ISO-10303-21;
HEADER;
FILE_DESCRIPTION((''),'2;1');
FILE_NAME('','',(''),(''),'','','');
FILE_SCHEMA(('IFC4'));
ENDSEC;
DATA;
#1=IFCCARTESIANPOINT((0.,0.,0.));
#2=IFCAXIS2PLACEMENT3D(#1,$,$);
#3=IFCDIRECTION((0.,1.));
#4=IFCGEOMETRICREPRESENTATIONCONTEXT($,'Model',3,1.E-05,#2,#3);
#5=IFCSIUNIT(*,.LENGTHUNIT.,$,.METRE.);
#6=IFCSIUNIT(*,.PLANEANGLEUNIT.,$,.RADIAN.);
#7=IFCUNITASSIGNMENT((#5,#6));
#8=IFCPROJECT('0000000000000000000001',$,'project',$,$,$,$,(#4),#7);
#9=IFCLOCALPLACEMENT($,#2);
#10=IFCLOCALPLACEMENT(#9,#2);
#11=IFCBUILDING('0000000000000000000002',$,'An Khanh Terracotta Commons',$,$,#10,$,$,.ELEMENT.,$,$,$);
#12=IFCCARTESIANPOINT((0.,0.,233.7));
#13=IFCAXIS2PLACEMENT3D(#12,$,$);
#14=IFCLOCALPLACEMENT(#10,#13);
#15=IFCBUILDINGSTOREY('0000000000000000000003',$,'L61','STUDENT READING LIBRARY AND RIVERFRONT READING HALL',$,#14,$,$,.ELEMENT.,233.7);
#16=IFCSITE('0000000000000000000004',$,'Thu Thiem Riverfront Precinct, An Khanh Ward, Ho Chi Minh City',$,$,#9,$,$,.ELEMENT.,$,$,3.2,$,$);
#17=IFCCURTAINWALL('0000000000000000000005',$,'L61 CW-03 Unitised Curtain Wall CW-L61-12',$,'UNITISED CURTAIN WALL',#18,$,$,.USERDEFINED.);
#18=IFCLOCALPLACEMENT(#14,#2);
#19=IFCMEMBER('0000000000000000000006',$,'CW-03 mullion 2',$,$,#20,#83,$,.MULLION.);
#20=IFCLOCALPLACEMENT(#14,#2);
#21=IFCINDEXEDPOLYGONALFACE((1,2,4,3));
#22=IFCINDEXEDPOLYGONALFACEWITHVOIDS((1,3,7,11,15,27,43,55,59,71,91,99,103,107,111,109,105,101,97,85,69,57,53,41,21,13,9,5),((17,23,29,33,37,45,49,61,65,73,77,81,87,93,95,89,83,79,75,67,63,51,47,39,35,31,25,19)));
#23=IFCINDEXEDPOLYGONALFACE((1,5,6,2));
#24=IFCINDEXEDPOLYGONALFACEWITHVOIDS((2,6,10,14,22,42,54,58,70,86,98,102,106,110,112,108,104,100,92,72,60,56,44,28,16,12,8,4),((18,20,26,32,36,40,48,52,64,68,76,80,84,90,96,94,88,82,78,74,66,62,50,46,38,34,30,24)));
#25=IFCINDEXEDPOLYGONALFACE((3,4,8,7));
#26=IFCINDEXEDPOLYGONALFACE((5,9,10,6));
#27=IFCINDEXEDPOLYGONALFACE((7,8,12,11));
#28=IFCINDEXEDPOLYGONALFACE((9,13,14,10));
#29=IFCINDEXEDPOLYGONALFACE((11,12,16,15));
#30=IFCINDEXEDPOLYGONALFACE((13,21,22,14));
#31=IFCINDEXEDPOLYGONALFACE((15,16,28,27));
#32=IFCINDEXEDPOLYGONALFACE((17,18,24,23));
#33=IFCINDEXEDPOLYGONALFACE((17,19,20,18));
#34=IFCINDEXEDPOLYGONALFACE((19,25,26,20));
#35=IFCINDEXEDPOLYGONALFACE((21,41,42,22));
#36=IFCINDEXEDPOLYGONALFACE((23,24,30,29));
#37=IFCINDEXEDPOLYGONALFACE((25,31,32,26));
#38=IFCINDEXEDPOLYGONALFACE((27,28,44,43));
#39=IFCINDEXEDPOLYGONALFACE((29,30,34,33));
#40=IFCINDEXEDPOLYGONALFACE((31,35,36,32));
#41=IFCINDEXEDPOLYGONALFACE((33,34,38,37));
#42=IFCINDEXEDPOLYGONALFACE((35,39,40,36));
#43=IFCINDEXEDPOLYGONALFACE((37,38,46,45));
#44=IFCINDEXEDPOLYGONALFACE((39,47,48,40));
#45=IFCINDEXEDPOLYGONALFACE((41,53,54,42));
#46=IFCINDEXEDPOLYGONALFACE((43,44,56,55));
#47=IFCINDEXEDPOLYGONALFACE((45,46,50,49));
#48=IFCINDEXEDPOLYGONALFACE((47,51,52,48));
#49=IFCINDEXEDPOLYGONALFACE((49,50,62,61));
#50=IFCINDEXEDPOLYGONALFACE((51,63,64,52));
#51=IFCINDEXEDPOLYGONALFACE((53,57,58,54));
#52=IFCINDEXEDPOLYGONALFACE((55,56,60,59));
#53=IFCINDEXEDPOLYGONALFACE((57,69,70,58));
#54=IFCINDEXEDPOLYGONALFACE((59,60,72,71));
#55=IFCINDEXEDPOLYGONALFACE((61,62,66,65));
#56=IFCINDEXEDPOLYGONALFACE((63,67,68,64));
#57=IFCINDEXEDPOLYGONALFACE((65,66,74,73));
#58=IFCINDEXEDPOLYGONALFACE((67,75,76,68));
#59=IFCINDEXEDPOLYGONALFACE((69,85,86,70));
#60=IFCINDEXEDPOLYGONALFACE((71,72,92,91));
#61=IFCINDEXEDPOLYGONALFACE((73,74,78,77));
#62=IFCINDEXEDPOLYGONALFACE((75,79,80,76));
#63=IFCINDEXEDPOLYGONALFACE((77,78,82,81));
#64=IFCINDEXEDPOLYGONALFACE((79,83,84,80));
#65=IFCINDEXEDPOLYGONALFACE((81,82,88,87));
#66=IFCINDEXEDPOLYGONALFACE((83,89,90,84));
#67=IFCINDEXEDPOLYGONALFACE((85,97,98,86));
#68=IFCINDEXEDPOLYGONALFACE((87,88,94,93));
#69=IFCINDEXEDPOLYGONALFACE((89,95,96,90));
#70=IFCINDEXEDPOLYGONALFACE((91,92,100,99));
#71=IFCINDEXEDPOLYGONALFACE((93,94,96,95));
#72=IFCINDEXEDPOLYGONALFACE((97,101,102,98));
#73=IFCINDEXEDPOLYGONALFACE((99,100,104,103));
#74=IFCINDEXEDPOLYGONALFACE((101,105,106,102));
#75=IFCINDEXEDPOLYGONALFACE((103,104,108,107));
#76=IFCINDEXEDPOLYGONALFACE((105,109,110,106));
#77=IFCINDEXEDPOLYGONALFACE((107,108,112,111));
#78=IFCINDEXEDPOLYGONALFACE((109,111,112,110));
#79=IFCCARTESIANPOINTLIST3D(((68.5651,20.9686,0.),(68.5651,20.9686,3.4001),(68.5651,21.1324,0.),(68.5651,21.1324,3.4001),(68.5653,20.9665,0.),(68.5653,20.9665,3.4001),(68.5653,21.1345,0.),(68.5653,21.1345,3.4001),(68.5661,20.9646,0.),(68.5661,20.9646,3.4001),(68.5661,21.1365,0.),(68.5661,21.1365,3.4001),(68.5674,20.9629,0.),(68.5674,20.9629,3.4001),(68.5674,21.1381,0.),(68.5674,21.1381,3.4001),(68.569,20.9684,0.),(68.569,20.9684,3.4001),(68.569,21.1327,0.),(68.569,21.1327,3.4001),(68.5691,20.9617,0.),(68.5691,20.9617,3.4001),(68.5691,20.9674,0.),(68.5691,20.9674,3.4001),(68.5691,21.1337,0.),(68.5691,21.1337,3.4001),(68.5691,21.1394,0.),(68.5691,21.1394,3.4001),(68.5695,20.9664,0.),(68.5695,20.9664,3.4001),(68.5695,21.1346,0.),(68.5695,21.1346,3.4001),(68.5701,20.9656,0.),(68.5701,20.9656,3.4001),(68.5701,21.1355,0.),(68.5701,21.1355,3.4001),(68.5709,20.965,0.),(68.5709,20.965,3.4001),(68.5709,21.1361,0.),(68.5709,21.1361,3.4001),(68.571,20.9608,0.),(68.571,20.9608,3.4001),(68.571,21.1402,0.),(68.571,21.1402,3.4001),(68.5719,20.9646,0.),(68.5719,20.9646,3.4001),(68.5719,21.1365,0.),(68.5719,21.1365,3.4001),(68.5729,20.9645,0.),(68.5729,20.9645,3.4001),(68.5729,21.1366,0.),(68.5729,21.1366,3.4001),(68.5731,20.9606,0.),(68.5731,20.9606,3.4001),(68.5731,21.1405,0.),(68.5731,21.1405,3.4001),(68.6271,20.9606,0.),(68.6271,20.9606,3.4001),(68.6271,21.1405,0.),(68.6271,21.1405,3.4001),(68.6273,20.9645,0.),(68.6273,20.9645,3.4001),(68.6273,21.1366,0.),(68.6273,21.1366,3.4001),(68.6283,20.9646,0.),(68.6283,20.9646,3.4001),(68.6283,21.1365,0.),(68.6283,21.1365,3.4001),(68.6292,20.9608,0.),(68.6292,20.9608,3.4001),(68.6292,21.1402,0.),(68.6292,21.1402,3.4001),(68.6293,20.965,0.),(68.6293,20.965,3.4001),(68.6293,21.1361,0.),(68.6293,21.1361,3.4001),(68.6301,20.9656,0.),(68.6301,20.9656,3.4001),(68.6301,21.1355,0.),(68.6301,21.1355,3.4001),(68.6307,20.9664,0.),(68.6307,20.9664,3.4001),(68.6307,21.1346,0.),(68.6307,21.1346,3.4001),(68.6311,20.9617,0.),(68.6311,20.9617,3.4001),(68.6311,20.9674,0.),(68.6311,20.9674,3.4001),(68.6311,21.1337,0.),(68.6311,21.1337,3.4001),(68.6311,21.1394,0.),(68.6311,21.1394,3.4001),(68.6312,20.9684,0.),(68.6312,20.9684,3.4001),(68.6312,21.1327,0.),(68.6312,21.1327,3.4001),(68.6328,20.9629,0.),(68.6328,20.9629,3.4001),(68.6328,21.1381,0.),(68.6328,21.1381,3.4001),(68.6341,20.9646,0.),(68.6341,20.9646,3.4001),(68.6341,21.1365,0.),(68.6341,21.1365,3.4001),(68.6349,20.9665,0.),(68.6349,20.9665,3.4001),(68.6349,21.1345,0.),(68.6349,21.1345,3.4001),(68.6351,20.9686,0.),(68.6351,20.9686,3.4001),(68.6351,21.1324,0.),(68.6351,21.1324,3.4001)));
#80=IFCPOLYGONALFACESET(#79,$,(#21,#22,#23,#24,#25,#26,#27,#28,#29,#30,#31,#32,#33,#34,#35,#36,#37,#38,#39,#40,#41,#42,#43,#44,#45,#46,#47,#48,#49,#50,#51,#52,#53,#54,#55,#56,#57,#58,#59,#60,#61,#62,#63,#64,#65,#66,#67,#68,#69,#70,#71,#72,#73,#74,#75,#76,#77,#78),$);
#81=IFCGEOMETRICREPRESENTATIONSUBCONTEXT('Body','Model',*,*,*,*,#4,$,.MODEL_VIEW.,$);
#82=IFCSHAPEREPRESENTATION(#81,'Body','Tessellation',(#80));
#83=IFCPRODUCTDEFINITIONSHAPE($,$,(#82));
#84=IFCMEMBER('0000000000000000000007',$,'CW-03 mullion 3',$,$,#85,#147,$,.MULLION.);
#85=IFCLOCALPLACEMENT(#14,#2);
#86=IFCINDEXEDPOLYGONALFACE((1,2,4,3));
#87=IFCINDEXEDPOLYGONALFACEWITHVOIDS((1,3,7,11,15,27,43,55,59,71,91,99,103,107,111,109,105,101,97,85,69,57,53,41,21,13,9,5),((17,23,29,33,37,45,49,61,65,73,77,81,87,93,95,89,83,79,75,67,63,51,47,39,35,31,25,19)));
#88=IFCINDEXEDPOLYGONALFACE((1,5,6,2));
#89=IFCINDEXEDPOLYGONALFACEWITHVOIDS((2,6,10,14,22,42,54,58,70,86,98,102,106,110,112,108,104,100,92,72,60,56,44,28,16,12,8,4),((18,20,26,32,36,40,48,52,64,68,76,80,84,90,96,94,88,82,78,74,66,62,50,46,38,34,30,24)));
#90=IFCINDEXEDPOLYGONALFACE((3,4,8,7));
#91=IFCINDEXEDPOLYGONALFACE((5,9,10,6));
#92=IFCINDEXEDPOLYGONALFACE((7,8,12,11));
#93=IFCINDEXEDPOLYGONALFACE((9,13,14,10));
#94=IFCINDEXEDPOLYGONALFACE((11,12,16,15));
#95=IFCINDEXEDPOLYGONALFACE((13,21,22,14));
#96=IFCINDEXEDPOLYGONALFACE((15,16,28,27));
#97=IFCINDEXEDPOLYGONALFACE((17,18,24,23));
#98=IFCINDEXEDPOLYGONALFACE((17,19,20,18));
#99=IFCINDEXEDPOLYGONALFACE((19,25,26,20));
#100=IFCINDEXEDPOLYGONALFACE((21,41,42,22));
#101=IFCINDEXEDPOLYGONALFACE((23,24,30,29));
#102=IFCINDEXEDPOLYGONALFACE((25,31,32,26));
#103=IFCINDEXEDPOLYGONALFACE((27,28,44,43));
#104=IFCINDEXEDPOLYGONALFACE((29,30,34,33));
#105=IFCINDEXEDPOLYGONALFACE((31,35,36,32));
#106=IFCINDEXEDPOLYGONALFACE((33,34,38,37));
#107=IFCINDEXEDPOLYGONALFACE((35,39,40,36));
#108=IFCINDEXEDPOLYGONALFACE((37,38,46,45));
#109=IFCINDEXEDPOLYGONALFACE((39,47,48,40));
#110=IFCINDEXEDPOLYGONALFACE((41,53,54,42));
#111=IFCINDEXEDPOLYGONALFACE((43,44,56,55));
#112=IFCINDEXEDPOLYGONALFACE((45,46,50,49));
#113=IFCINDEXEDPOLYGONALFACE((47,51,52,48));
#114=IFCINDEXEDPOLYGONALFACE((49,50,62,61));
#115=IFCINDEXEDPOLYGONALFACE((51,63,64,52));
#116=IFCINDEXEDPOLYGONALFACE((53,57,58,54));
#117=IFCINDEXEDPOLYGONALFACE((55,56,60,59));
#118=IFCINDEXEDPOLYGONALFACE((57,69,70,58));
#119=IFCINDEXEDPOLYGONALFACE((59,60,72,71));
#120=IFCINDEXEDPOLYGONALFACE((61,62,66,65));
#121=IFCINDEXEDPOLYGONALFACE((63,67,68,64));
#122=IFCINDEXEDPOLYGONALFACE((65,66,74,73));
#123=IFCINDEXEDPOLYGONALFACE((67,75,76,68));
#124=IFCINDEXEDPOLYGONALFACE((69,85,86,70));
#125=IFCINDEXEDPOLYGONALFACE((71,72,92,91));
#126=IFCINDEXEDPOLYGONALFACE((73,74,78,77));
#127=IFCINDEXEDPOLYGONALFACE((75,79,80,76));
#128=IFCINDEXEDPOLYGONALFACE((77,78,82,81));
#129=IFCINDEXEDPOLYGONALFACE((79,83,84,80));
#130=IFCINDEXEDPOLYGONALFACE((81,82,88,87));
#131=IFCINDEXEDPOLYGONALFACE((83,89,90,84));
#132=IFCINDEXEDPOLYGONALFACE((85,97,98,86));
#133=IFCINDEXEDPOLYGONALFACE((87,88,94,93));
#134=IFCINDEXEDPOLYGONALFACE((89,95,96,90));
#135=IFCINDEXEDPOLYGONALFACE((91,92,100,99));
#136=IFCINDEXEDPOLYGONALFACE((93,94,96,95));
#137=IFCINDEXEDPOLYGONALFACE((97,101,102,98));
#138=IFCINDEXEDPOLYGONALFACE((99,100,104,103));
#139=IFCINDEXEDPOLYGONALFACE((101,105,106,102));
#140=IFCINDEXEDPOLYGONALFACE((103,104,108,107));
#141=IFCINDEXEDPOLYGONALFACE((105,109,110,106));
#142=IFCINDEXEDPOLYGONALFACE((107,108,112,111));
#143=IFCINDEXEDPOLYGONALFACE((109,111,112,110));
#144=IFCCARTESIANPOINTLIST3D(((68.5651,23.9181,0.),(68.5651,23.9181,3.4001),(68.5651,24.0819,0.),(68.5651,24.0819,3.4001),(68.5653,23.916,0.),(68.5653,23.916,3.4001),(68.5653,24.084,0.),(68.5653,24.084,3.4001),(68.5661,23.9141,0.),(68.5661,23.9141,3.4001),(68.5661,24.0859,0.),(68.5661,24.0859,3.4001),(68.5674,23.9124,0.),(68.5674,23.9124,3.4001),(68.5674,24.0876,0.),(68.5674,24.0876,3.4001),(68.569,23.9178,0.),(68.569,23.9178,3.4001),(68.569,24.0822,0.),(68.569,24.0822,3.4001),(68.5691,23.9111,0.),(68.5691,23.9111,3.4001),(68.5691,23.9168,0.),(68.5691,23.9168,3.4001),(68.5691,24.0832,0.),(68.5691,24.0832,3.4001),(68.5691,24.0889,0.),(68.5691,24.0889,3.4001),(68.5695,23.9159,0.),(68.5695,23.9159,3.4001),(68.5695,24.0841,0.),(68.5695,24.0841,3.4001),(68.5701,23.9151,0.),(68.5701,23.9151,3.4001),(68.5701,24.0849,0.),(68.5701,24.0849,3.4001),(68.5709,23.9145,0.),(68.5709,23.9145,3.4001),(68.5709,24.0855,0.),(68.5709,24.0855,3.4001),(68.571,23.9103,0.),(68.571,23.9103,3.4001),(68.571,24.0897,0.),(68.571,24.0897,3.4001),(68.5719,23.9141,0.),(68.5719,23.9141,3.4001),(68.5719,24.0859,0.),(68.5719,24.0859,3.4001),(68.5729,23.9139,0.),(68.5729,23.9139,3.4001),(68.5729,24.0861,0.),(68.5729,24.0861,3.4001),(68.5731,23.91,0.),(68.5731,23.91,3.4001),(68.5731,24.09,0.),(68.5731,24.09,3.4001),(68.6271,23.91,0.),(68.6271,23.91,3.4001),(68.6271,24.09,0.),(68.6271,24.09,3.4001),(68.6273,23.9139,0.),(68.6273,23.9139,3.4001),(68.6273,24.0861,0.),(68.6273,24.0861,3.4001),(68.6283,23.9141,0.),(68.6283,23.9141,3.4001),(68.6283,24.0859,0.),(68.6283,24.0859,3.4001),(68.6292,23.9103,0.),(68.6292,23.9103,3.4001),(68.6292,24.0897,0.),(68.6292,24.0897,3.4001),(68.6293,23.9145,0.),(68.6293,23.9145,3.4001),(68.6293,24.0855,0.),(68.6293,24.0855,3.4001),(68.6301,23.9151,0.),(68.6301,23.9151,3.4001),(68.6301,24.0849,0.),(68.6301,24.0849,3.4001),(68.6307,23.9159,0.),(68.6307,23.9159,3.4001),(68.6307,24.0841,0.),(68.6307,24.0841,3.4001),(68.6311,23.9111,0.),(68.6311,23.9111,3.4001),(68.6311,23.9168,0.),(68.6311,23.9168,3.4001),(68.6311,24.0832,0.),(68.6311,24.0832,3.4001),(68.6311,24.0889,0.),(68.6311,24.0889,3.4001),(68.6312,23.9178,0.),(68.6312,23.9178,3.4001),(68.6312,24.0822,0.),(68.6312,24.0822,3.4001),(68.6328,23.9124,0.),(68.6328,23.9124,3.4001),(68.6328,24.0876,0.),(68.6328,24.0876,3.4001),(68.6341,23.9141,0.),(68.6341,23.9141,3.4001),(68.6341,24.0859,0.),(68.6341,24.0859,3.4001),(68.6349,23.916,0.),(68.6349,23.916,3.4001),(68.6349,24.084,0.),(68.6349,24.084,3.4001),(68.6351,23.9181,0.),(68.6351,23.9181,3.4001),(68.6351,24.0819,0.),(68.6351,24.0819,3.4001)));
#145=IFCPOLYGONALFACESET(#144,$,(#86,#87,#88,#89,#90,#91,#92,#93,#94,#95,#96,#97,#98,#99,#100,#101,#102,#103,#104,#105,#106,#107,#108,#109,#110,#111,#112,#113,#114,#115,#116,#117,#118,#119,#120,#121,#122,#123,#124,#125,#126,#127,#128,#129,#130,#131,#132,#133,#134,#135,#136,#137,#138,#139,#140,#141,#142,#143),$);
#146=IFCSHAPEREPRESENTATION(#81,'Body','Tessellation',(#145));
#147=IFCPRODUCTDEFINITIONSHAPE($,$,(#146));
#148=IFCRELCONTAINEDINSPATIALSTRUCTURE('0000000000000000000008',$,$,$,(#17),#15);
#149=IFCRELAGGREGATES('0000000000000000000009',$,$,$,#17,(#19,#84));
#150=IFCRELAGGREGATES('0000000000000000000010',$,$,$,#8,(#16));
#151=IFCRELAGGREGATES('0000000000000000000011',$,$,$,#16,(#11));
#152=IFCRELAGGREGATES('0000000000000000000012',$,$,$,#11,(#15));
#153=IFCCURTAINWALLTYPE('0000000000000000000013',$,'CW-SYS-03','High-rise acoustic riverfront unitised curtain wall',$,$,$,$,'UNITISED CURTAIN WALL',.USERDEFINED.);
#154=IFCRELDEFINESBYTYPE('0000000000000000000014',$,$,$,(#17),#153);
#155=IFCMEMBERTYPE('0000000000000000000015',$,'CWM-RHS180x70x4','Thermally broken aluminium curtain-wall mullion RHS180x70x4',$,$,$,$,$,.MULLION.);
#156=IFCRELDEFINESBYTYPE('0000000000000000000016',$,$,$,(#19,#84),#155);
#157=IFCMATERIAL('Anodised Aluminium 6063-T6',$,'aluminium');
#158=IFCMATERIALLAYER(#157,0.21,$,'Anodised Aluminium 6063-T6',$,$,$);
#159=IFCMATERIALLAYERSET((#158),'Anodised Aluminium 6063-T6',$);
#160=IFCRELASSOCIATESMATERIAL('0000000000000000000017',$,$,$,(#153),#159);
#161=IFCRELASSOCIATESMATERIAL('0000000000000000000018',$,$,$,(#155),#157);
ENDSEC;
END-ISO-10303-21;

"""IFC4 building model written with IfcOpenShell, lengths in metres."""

from ifc_helpers import new_model, si_unit, direction, frame, origin, origin_2d, place, context, subcontext, project, spatial, hollow_rectangle, extrude, material, layer, layer_set, material_profile, profile_set, type_object, element, aggregate, save


model = new_model("IFC4")

# Units and contexts
model_context = context("Model", 3, precision=1e-05, world=origin(), true_north=direction((0.0, 1.0)))
body_context = subcontext(model_context, "Body", "Model", "MODEL_VIEW")
ifc_project = project(units=[si_unit("LENGTHUNIT", "METRE"), si_unit("PLANEANGLEUNIT", "RADIAN")], contexts=[model_context])

# Site, building, storey
site_placement = place(None, origin())
site = spatial("IfcSite", under=ifc_project, at=site_placement, Name="Thu Thiem Riverfront Precinct, An Khanh Ward, Ho Chi Minh City", CompositionType="ELEMENT", RefElevation=3.2)
building_placement = place(site_placement, origin())
building = spatial("IfcBuilding", under=site, at=building_placement, Name="An Khanh Terracotta Commons", CompositionType="ELEMENT")
storey_placement = place(building_placement, frame((0.0, 0.0, 233.7)))
storey = spatial("IfcBuildingStorey", under=building, at=storey_placement, Name="L61", Description="STUDENT READING LIBRARY AND RIVERFRONT READING HALL", CompositionType="ELEMENT", Elevation=233.7)

# Curtain wall, members
ifc_material_1 = material(Name="Anodised Aluminium 6063-T6", Category="aluminium")
ifc_layer_1 = layer(ifc_material_1, 0.21, Name="Anodised Aluminium 6063-T6")
ifc_layer_set_1 = layer_set([ifc_layer_1], Name="Anodised Aluminium 6063-T6")
curtain_wall_type = type_object("IfcCurtainWallType", Name="CW-SYS-03", Description="High-rise acoustic riverfront unitised curtain wall", ElementType="UNITISED CURTAIN WALL", PredefinedType="USERDEFINED", material=ifc_layer_set_1)
ifc_material_profile_1 = material_profile(ifc_material_1, hollow_rectangle(XDim=0.0701, YDim=0.1799, WallThickness=0.0039, InnerFilletRadius=0.0039, OuterFilletRadius=0.0081, at=origin_2d()), Name="RHS180x70x4")
ifc_profile_set_1 = profile_set([ifc_material_profile_1], Name="Anodised Aluminium 6063-T6")
member_type_1 = type_object("IfcMemberType", Name="CWM-RHS180x70x4", Description="Thermally broken aluminium curtain-wall mullion RHS180x70x4", PredefinedType="MULLION", material=ifc_profile_set_1)
curtain_wall_1_placement = place(storey_placement, origin())
curtain_wall_1 = element("IfcCurtainWall", 1, at=curtain_wall_1_placement, inside=storey, type_object=curtain_wall_type, Name="L61 CW-03 Unitised Curtain Wall CW-L61-12", ObjectType="UNITISED CURTAIN WALL", PredefinedType="USERDEFINED")
member_1_placement = place(storey_placement, frame((68.6001, 21.0505, 0.0), z_axis=(0.0, 0.0, 1.0), x_axis=(-1.0, 0.0, 0.0)))
member_1 = element("IfcMember", 2, at=member_1_placement, type_object=member_type_1, Name="CW-03 mullion 2", PredefinedType="MULLION", context=body_context, shape_type="SweptSolid", body=[
    extrude(hollow_rectangle(XDim=0.0701, YDim=0.1799, WallThickness=0.0039, InnerFilletRadius=0.0039, OuterFilletRadius=0.0081, at=origin_2d()), origin(), (0.0, 0.0, 1.0), 3.4001),
])
member_2_placement = place(storey_placement, frame((68.6001, 24.0, 0.0), z_axis=(0.0, 0.0, 1.0), x_axis=(-1.0, 0.0, 0.0)))
member_2 = element("IfcMember", 3, at=member_2_placement, type_object=member_type_1, Name="CW-03 mullion 3", PredefinedType="MULLION", context=body_context, shape_type="SweptSolid", body=[
    extrude(hollow_rectangle(XDim=0.0701, YDim=0.1799, WallThickness=0.0039, InnerFilletRadius=0.0039, OuterFilletRadius=0.0081, at=origin_2d()), origin(), (0.0, 0.0, 1.0), 3.4001),
])

aggregate(curtain_wall_1, [member_1, member_2])

save(model, "model.ifc")
